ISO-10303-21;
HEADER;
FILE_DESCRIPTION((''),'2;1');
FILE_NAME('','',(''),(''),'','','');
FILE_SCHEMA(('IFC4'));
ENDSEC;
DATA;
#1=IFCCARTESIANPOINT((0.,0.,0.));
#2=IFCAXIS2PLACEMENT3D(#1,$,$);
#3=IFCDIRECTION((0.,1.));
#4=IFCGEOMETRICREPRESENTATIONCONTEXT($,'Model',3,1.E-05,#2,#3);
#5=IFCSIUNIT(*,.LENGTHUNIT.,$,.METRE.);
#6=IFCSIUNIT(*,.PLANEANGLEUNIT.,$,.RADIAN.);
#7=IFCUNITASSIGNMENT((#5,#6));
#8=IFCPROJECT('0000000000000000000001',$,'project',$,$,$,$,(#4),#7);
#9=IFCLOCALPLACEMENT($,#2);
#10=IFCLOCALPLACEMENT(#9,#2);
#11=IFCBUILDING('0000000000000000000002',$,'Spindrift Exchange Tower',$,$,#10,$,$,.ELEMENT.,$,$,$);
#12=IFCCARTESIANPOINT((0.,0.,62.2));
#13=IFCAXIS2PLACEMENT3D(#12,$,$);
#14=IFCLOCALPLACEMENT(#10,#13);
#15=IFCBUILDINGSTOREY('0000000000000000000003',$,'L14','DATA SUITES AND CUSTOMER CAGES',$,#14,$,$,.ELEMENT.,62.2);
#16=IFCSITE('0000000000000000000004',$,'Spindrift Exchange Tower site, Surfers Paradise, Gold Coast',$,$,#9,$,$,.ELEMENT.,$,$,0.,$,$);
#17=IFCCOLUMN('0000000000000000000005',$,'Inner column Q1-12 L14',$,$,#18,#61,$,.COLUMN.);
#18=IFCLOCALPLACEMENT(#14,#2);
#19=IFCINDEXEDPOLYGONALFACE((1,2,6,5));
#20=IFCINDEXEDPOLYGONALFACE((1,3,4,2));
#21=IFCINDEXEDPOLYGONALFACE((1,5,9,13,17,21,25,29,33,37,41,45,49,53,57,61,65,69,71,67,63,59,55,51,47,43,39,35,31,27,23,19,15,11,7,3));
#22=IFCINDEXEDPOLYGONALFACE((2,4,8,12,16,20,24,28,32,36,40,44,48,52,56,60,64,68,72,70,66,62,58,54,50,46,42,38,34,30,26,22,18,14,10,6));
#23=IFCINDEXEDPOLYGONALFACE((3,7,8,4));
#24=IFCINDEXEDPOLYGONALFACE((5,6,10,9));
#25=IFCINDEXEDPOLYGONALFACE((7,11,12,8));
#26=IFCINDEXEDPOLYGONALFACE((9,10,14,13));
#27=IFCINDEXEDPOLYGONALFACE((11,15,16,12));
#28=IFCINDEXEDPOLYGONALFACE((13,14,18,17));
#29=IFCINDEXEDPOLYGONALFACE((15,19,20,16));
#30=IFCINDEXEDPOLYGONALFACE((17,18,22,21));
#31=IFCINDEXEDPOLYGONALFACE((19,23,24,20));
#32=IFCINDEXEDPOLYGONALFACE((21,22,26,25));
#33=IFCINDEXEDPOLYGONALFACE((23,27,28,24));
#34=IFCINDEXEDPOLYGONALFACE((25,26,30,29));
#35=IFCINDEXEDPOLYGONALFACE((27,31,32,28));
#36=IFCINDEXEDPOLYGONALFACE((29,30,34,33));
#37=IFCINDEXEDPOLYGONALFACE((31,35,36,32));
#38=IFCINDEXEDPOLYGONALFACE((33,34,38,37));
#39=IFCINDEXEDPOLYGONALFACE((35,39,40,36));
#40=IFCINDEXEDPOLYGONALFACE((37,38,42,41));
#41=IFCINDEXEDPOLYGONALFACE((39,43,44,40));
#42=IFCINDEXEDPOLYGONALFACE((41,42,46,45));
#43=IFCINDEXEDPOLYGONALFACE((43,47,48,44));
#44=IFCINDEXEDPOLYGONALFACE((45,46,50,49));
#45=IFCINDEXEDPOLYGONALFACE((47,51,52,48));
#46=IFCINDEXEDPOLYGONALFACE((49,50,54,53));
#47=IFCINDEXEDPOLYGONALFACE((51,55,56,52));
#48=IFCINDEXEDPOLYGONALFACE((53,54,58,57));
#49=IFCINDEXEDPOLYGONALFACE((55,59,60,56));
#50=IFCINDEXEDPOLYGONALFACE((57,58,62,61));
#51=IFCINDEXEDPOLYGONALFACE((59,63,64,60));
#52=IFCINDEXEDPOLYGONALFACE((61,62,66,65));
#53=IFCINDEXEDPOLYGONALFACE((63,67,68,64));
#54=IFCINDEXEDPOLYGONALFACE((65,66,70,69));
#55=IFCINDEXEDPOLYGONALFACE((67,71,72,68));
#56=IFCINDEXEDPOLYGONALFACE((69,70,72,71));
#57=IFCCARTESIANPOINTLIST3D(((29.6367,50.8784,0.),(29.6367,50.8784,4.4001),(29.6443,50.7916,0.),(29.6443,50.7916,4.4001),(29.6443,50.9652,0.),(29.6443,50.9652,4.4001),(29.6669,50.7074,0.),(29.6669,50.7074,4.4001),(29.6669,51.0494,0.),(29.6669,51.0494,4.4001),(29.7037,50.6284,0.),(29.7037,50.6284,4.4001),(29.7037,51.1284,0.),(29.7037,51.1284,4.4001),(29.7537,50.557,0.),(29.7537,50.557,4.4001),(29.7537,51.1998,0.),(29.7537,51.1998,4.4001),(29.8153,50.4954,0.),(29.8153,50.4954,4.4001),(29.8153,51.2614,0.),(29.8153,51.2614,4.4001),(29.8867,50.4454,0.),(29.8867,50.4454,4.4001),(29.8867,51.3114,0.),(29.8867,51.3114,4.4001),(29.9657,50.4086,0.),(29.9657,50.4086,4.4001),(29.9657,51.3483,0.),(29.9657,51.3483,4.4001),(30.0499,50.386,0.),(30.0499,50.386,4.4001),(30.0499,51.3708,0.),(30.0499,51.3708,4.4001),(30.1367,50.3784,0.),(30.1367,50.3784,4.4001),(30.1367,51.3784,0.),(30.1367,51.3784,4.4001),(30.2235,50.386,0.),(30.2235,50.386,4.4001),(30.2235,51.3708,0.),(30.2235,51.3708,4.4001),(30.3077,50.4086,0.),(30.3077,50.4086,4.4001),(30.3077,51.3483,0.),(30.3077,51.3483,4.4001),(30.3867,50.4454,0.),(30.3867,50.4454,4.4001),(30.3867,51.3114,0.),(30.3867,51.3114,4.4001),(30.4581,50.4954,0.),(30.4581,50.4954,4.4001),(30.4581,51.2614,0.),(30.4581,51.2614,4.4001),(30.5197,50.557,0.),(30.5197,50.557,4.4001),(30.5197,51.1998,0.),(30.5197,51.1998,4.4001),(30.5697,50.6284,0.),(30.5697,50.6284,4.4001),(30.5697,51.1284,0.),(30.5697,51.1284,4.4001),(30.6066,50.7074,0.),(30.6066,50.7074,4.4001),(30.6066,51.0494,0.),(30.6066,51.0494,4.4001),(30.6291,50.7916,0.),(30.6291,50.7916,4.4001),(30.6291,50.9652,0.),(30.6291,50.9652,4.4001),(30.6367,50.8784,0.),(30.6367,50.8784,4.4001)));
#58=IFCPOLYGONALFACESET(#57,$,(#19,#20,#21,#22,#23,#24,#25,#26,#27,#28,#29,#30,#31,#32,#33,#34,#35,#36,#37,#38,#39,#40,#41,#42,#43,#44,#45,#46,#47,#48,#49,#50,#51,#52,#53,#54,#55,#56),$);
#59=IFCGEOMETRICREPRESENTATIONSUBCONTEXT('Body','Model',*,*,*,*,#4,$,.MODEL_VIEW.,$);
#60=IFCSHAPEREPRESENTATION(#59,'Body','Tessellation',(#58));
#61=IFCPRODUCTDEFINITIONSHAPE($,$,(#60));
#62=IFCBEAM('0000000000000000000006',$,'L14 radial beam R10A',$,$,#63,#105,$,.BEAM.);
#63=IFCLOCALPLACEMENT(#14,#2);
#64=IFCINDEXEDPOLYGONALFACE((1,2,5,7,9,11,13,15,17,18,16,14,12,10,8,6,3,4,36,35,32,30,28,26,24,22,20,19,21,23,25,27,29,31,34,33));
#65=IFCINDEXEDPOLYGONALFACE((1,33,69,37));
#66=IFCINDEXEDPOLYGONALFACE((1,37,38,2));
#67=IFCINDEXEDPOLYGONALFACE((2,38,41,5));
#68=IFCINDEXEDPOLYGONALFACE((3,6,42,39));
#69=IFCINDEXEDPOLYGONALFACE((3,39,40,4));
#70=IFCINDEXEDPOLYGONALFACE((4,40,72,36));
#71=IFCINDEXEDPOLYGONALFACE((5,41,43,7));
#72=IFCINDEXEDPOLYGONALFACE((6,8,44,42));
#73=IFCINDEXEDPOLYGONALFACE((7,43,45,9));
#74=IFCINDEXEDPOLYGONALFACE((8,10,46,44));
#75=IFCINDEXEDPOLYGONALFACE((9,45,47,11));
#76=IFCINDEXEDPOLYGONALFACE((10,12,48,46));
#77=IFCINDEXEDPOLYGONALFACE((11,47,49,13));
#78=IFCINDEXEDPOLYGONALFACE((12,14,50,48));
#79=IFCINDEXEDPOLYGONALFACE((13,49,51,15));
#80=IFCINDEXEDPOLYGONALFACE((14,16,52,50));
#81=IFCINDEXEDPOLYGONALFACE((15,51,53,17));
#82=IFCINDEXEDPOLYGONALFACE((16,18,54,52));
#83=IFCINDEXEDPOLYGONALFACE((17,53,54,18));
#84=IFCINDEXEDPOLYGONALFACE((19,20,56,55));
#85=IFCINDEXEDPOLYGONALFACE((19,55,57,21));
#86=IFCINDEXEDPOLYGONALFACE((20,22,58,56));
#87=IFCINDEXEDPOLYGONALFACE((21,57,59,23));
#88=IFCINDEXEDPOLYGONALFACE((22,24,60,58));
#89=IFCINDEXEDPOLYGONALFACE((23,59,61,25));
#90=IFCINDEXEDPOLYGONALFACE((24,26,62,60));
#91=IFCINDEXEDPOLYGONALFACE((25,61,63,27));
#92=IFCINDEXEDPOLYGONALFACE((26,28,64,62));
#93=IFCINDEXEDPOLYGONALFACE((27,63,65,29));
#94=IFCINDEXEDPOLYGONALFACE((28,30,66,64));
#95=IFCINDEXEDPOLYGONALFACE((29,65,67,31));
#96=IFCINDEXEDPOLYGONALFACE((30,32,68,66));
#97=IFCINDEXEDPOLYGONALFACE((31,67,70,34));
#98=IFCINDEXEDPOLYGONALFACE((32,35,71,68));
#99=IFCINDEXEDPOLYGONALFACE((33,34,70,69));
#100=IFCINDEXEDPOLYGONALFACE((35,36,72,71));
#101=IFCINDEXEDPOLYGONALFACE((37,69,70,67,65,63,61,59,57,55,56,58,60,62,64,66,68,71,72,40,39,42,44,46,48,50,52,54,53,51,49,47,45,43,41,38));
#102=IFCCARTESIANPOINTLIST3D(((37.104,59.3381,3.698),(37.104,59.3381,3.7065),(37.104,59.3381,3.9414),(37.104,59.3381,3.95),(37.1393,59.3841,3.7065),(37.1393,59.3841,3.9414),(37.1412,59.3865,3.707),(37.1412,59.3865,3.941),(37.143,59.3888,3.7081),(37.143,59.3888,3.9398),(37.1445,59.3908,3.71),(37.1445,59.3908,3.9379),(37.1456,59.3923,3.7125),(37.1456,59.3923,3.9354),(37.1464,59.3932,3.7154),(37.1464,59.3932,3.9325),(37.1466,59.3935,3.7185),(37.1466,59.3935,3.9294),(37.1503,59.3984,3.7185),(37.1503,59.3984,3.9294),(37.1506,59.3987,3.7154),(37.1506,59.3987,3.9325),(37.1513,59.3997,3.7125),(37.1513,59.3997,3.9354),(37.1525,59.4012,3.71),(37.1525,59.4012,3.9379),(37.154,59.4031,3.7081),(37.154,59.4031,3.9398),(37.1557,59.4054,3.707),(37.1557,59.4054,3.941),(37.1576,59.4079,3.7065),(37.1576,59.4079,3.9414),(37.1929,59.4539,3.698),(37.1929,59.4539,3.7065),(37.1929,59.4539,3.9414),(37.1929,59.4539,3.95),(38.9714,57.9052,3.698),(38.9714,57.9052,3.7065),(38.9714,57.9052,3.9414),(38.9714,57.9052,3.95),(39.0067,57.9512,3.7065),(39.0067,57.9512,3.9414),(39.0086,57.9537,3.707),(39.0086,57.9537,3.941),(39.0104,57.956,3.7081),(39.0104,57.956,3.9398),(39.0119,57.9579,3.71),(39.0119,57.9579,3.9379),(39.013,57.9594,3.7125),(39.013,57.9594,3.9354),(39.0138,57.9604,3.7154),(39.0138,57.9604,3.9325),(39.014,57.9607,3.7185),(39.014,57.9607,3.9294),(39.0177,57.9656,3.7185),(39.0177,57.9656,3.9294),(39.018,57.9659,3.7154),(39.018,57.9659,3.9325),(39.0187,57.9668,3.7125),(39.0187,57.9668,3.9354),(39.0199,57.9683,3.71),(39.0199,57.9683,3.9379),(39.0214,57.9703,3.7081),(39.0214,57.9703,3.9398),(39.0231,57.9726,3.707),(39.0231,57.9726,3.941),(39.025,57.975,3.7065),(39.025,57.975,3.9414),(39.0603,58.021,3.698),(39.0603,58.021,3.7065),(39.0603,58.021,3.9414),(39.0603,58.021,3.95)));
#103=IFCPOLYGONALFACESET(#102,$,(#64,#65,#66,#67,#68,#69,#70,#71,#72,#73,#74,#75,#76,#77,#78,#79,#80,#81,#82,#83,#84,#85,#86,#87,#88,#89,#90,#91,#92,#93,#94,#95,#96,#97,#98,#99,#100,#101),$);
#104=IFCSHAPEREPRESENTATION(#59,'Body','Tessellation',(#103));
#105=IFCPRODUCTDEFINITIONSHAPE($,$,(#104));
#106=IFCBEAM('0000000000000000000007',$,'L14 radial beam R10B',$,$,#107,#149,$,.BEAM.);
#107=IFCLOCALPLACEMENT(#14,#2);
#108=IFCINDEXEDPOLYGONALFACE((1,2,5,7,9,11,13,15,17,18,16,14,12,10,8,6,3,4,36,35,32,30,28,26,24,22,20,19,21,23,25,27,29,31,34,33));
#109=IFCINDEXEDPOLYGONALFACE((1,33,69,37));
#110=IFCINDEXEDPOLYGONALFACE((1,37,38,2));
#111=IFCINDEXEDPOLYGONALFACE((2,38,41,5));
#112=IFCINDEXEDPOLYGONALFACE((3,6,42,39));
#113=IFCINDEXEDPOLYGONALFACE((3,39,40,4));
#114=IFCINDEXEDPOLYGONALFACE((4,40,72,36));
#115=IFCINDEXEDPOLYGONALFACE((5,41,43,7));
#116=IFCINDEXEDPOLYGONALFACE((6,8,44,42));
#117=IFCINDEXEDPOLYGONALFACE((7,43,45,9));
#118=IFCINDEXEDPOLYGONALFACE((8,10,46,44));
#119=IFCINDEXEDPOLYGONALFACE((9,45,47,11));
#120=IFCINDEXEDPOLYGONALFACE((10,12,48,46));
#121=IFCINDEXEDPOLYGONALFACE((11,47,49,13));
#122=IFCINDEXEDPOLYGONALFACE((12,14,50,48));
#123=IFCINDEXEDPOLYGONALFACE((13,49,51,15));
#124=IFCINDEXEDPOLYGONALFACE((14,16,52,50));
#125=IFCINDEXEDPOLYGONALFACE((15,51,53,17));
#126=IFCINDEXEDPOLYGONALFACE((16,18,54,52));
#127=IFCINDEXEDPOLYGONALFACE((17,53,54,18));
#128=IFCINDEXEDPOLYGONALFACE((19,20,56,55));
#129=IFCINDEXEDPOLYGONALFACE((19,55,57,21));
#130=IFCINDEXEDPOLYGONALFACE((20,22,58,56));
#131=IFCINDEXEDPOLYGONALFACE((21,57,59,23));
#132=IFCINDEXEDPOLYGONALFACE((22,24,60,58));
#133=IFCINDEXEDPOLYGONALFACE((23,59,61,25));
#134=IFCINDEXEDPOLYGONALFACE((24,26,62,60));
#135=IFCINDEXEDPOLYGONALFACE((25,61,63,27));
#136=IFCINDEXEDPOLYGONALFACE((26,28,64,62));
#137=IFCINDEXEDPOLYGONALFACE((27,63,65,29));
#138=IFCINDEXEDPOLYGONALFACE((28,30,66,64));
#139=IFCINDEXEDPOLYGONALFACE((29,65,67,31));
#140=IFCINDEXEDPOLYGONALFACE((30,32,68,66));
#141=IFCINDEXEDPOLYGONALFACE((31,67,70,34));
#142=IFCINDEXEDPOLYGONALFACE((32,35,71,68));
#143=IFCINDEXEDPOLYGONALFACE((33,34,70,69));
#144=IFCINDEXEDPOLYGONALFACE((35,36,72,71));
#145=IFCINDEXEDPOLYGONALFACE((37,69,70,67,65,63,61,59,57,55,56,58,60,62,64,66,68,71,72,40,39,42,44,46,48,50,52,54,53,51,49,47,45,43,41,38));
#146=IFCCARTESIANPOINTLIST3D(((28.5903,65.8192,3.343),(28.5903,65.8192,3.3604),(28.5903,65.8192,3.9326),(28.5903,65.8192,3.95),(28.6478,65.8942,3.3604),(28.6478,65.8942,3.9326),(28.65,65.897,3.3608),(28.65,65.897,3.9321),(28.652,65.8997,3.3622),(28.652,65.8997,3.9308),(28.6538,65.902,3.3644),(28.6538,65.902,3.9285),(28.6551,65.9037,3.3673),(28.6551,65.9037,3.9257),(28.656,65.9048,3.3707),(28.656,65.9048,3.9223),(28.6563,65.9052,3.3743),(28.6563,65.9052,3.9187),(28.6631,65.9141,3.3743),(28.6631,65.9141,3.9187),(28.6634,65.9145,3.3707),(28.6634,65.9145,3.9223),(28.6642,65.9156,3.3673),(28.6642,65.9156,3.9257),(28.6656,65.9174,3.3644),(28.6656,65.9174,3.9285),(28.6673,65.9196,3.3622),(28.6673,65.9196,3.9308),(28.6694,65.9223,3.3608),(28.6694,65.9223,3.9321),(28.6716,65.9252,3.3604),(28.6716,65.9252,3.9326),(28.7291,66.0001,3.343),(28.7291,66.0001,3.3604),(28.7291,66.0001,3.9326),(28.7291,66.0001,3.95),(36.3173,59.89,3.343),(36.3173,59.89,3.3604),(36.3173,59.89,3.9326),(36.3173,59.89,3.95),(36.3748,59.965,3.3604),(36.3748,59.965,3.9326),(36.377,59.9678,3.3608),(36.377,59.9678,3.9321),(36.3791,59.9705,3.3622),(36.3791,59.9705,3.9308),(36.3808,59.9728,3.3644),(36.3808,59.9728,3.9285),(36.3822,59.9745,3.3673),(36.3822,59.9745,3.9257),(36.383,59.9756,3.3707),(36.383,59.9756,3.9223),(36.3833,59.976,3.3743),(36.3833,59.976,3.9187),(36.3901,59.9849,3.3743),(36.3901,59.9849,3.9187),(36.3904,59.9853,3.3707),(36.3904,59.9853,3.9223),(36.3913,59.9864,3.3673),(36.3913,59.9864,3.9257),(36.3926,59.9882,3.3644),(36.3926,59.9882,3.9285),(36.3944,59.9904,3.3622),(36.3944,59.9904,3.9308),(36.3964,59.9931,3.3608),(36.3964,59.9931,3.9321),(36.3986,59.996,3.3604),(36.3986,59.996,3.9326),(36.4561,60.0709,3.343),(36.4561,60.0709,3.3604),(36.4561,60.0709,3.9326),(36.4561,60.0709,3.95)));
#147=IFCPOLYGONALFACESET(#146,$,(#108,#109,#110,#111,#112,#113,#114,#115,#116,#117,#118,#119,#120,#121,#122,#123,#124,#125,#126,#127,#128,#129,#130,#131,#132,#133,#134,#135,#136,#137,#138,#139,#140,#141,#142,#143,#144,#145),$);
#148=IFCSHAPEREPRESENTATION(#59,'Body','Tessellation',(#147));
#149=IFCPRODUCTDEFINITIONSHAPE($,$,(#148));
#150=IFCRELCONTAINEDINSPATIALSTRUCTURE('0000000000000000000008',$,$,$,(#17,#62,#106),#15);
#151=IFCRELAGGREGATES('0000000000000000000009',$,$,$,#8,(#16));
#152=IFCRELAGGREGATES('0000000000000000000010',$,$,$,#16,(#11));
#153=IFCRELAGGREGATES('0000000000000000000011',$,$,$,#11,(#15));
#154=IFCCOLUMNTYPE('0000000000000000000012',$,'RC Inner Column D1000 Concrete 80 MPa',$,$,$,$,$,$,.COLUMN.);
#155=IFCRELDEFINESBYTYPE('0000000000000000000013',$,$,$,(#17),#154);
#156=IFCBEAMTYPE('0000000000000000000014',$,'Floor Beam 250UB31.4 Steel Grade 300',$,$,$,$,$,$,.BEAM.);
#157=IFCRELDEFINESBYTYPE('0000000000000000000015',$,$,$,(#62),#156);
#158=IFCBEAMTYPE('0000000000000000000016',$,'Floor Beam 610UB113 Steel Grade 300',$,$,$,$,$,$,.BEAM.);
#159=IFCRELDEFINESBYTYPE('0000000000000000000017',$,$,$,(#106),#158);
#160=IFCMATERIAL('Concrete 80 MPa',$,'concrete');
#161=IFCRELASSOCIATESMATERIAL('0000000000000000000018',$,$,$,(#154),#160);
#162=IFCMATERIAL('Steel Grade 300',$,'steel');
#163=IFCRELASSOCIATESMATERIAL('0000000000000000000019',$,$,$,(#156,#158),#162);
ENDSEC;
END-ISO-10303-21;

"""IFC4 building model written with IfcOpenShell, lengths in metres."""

from ifc_helpers import new_model, si_unit, direction, frame, origin, origin_2d, place, context, subcontext, project, spatial, circle, i_section, extrude, source, transform, mapped, material, material_profile, profile_set, type_object, element, save


model = new_model("IFC4")

# Units and contexts
model_context = context("Model", 3, precision=1e-05, world=origin(), true_north=direction((0.0, 1.0)))
body_context = subcontext(model_context, "Body", "Model", "MODEL_VIEW")
ifc_project = project(units=[si_unit("LENGTHUNIT", "METRE"), si_unit("PLANEANGLEUNIT", "RADIAN")], contexts=[model_context])

# Site, building, storey
site_placement = place(None, origin())
site = spatial("IfcSite", under=ifc_project, at=site_placement, Name="Spindrift Exchange Tower site, Surfers Paradise, Gold Coast", CompositionType="ELEMENT", RefElevation=0.0)
building_placement = place(site_placement, origin())
building = spatial("IfcBuilding", under=site, at=building_placement, Name="Spindrift Exchange Tower", CompositionType="ELEMENT")
storey_placement = place(building_placement, frame((0.0, 0.0, 62.2)))
storey = spatial("IfcBuildingStorey", under=building, at=storey_placement, Name="L14", Description="DATA SUITES AND CUSTOMER CAGES", CompositionType="ELEMENT", Elevation=62.2)

# Column
ifc_material_1 = material(Name="Concrete 80 MPa", Category="concrete")
ifc_material_profile_1 = material_profile(ifc_material_1, circle(Radius=0.5, at=origin_2d()), Name="RC D1000")
ifc_profile_set_1 = profile_set([ifc_material_profile_1], Name="Concrete 80 MPa")
column_type_1 = type_object("IfcColumnType", Name="RC Inner Column D1000 Concrete 80 MPa", PredefinedType="COLUMN", material=ifc_profile_set_1)
shared_shape_1 = source(origin(), body_context, "Body", "SweptSolid", [
    extrude(circle(Radius=0.5, at=origin_2d()), origin(), (0.0, 0.0, 1.0), 4.4001),
])
for number, where, z_axis, x_axis, name in (
    (1, (30.1367, 50.8784, 0.0), (0.0, 0.0, 1.0), (1.0, 0.0, 0.0), "Inner column Q1-12 L14"),
):
    element("IfcColumn", number, at=place(storey_placement, frame(where, z_axis=z_axis, x_axis=x_axis)), inside=storey, type_object=column_type_1, Name=name, PredefinedType="COLUMN", context=body_context, shape_type="MappedRepresentation", body=[
        mapped(shared_shape_1, transform((0.0, 0.0, 0.0), scale=1.0)),
    ])

# Beams
ifc_material_2 = material(Name="Steel Grade 300", Category="steel")
ifc_material_profile_2 = material_profile(ifc_material_2, i_section(OverallWidth=0.146, OverallDepth=0.252, WebThickness=0.0061, FlangeThickness=0.0085, FilletRadius=0.012, at=origin_2d()), Name="250UB31.4")
ifc_profile_set_2 = profile_set([ifc_material_profile_2], Name="Steel Grade 300")
beam_type_1 = type_object("IfcBeamType", Name="Floor Beam 250UB31.4 Steel Grade 300", PredefinedType="BEAM", material=ifc_profile_set_2)
shared_shape_2 = source(origin(), body_context, "Body", "SweptSolid", [
    extrude(i_section(OverallWidth=0.146, OverallDepth=0.252, WebThickness=0.0061, FlangeThickness=0.0085, FilletRadius=0.012, at=origin_2d()), origin(), (0.0, 0.0, 1.0), 2.3538),
])
beam_1_placement = place(storey_placement, frame((39.0159, 57.9631, 3.824), z_axis=(-0.793368, 0.608743, 0.0), x_axis=(-0.608743, -0.793368, 0.0)))
element("IfcBeam", 2, at=beam_1_placement, inside=storey, type_object=beam_type_1, Name="L14 radial beam R10A", PredefinedType="BEAM", context=body_context, shape_type="MappedRepresentation", body=[
    mapped(shared_shape_2, transform((0.0, 0.0, 0.0), scale=1.0)),
])
ifc_material_profile_3 = material_profile(ifc_material_2, i_section(OverallWidth=0.228, OverallDepth=0.6069, WebThickness=0.0112, FlangeThickness=0.0173, FilletRadius=0.0139, at=origin_2d()), Name="610UB113")
ifc_profile_set_3 = profile_set([ifc_material_profile_3], Name="Steel Grade 300")
beam_type_2 = type_object("IfcBeamType", Name="Floor Beam 610UB113 Steel Grade 300", PredefinedType="BEAM", material=ifc_profile_set_3)
shared_shape_3 = source(origin(), body_context, "Body", "SweptSolid", [
    extrude(i_section(OverallWidth=0.228, OverallDepth=0.6069, WebThickness=0.0112, FlangeThickness=0.0173, FilletRadius=0.0139, at=origin_2d()), origin(), (0.0, 0.0, 1.0), 9.7397),
])
beam_2_placement = place(storey_placement, frame((36.3867, 59.9805, 3.6465), z_axis=(-0.793352, 0.608763, 0.0), x_axis=(-0.608763, -0.793352, 0.0)))
element("IfcBeam", 3, at=beam_2_placement, inside=storey, type_object=beam_type_2, Name="L14 radial beam R10B", PredefinedType="BEAM", context=body_context, shape_type="MappedRepresentation", body=[
    mapped(shared_shape_3, transform((0.0, 0.0, 0.0), scale=1.0)),
])

save(model, "model.ifc")
